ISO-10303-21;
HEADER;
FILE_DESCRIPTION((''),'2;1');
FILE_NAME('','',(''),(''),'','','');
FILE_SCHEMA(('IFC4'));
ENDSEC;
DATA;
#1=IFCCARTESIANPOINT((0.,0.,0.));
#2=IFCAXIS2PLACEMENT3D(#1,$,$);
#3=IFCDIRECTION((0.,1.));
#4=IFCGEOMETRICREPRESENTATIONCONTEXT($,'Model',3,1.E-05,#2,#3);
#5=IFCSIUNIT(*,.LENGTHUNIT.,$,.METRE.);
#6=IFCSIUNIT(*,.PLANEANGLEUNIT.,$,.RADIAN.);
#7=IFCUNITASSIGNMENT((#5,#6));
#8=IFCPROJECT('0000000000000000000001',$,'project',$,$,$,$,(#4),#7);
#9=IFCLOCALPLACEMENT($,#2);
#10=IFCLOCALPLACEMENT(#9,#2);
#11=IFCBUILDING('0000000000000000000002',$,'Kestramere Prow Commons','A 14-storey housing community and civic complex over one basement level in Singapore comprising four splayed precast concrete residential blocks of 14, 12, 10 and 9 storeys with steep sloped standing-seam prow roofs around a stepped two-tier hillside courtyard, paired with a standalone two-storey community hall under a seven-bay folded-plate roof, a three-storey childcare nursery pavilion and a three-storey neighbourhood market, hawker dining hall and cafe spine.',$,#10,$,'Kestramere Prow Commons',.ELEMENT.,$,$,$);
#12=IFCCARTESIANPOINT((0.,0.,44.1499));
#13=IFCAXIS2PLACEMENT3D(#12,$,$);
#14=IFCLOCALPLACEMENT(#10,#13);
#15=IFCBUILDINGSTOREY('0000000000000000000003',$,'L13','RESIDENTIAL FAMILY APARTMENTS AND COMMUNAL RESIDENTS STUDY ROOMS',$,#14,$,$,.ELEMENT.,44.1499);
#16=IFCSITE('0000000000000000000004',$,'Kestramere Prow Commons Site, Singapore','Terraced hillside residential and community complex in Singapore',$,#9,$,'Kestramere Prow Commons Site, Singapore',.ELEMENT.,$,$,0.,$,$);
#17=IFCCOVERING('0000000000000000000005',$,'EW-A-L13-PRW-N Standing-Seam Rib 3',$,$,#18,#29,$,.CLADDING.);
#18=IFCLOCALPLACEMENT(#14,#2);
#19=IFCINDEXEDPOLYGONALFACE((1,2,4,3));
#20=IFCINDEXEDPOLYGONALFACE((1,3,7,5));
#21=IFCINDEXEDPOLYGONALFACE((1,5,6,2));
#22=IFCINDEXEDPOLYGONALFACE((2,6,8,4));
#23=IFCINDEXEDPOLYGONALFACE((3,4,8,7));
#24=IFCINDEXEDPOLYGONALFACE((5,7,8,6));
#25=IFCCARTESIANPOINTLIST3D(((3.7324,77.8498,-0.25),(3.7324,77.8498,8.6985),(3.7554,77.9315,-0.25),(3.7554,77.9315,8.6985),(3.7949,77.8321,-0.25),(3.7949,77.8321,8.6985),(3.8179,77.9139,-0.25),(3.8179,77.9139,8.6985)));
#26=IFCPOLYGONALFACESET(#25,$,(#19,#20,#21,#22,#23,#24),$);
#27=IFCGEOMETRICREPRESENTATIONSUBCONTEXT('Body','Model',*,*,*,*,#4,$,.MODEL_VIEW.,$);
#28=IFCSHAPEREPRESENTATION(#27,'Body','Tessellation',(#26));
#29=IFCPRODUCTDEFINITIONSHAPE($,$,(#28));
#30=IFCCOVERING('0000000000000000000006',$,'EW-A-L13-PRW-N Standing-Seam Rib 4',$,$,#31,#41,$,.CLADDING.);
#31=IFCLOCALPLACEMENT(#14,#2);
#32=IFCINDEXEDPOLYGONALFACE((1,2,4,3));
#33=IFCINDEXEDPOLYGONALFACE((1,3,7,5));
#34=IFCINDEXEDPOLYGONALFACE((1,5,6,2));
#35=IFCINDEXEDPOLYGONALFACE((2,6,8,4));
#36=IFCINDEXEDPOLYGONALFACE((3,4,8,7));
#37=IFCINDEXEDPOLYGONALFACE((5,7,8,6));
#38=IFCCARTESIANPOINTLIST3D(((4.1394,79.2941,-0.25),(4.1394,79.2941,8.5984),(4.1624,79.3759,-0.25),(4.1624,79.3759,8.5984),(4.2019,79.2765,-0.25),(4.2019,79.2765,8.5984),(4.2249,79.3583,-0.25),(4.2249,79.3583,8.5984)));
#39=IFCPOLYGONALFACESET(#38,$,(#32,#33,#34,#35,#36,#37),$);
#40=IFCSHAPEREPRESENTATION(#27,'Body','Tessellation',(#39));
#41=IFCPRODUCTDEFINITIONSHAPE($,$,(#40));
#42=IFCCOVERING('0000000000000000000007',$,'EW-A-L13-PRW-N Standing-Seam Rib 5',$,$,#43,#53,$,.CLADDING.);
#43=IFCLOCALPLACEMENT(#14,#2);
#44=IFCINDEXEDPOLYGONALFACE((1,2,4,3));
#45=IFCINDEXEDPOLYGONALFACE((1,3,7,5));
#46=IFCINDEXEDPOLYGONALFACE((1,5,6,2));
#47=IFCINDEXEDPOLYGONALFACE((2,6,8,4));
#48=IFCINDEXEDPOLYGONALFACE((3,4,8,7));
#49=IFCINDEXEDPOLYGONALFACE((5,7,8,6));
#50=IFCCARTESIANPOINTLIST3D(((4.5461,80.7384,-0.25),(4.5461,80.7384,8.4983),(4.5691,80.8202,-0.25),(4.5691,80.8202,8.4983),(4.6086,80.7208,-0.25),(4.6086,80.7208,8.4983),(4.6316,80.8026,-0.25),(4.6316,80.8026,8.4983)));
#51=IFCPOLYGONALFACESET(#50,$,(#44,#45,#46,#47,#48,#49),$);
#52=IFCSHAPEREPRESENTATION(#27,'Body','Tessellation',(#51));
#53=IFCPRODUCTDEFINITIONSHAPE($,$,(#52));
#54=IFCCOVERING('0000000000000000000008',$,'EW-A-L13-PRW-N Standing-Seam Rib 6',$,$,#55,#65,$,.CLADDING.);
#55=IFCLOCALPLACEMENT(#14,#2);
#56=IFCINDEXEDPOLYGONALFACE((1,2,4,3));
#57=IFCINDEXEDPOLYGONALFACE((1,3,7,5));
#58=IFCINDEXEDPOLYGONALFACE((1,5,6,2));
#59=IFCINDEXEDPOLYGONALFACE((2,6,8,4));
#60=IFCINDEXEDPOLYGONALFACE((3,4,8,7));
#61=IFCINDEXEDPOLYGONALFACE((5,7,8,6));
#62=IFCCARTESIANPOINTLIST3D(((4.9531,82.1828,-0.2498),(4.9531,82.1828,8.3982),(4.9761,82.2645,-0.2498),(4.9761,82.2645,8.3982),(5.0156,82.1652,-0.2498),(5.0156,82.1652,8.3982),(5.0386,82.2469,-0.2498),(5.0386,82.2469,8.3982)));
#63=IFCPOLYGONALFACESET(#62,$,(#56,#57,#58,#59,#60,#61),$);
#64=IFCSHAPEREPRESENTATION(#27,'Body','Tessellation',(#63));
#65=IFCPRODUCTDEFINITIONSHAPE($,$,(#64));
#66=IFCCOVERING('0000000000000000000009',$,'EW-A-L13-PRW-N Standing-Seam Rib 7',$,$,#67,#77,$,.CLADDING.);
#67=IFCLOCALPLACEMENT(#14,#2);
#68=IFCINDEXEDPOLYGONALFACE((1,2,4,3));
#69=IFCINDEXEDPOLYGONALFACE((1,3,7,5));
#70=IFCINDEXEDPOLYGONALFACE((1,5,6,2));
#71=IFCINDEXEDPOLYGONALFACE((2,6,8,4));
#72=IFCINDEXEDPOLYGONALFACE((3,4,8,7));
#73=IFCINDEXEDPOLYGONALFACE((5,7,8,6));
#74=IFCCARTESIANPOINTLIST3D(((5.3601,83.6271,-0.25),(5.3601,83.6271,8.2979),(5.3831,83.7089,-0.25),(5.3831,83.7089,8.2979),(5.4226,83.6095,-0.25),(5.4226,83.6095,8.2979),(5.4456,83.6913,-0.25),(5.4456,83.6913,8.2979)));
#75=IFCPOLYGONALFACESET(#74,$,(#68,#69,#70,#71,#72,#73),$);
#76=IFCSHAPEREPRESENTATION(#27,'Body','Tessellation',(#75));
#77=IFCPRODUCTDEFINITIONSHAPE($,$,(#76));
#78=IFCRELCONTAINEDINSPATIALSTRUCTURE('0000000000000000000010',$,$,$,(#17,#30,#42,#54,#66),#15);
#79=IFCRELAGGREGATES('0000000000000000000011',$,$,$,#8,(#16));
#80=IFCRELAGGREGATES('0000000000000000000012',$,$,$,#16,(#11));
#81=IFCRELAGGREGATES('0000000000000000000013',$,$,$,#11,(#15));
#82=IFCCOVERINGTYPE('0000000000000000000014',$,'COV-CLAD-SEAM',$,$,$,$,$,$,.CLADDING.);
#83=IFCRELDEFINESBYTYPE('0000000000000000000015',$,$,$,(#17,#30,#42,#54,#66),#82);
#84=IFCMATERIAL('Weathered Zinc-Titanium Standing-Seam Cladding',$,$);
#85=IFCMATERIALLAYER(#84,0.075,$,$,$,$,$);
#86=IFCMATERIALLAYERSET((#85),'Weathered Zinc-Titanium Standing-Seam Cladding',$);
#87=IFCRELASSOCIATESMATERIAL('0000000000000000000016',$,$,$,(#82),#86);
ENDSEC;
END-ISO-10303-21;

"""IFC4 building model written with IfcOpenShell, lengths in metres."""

from ifc_helpers import new_model, si_unit, direction, frame, origin, origin_2d, place, context, subcontext, project, spatial, rectangle, extrude, material, layer, layer_set, type_object, element, save


model = new_model("IFC4")

# Units and contexts
model_context = context("Model", 3, precision=1e-05, world=origin(), true_north=direction((0.0, 1.0)))
body_context = subcontext(model_context, "Body", "Model", "MODEL_VIEW")
ifc_project = project(units=[si_unit("LENGTHUNIT", "METRE"), si_unit("PLANEANGLEUNIT", "RADIAN")], contexts=[model_context])

# Site, building, storey
site_placement = place(None, origin())
site = spatial("IfcSite", under=ifc_project, at=site_placement, Name="Kestramere Prow Commons Site, Singapore", Description="Terraced hillside residential and community complex in Singapore", LongName="Kestramere Prow Commons Site, Singapore", CompositionType="ELEMENT", RefElevation=0.0)
building_placement = place(site_placement, origin())
building = spatial("IfcBuilding", under=site, at=building_placement, Name="Kestramere Prow Commons", Description="A 14-storey housing community and civic complex over one basement level in Singapore comprising four splayed precast concrete residential blocks of 14, 12, 10 and 9 storeys with steep sloped standing-seam prow roofs around a stepped two-tier hillside courtyard, paired with a standalone two-storey community hall under a seven-bay folded-plate roof, a three-storey childcare nursery pavilion and a three-storey neighbourhood market, hawker dining hall and cafe spine.", LongName="Kestramere Prow Commons", CompositionType="ELEMENT")
storey_placement = place(building_placement, frame((0.0, 0.0, 44.1499)))
storey = spatial("IfcBuildingStorey", under=building, at=storey_placement, Name="L13", Description="RESIDENTIAL FAMILY APARTMENTS AND COMMUNAL RESIDENTS STUDY ROOMS", CompositionType="ELEMENT", Elevation=44.1499)

# Coverings
ifc_material_1 = material(Name="Weathered Zinc-Titanium Standing-Seam Cladding")
ifc_layer_1 = layer(ifc_material_1, 0.075)
ifc_layer_set_1 = layer_set([ifc_layer_1], Name="Weathered Zinc-Titanium Standing-Seam Cladding")
covering_type = type_object("IfcCoveringType", Name="COV-CLAD-SEAM", PredefinedType="CLADDING", material=ifc_layer_set_1)
covering_1_placement = place(storey_placement, frame((3.7751, 77.8818, -0.25), z_axis=(0.0, 0.0, 1.0), x_axis=(0.27116, 0.962534, 0.0)))
element("IfcCovering", 1, at=covering_1_placement, inside=storey, type_object=covering_type, Name="EW-A-L13-PRW-N Standing-Seam Rib 3", PredefinedType="CLADDING", context=body_context, shape_type="SweptSolid", body=[
    extrude(rectangle(XDim=0.085, YDim=0.0649, at=origin_2d()), origin(), (0.0, 0.0, 1.0), 8.9485),
])
covering_2_placement = place(storey_placement, frame((4.1821, 79.3262, -0.25), z_axis=(0.0, 0.0, 1.0), x_axis=(0.27116, 0.962534, 0.0)))
element("IfcCovering", 2, at=covering_2_placement, inside=storey, type_object=covering_type, Name="EW-A-L13-PRW-N Standing-Seam Rib 4", PredefinedType="CLADDING", context=body_context, shape_type="SweptSolid", body=[
    extrude(rectangle(XDim=0.085, YDim=0.0649, at=origin_2d()), origin(), (0.0, 0.0, 1.0), 8.8484),
])
covering_3_placement = place(storey_placement, frame((4.5889, 80.7705, -0.25), z_axis=(0.0, 0.0, 1.0), x_axis=(0.27116, 0.962534, 0.0)))
element("IfcCovering", 3, at=covering_3_placement, inside=storey, type_object=covering_type, Name="EW-A-L13-PRW-N Standing-Seam Rib 5", PredefinedType="CLADDING", context=body_context, shape_type="SweptSolid", body=[
    extrude(rectangle(XDim=0.085, YDim=0.0649, at=origin_2d()), origin(), (0.0, 0.0, 1.0), 8.7483),
])
covering_4_placement = place(storey_placement, frame((4.9958, 82.2148, -0.2498), z_axis=(0.0, 0.0, 1.0), x_axis=(0.27116, 0.962534, 0.0)))
element("IfcCovering", 4, at=covering_4_placement, inside=storey, type_object=covering_type, Name="EW-A-L13-PRW-N Standing-Seam Rib 6", PredefinedType="CLADDING", context=body_context, shape_type="SweptSolid", body=[
    extrude(rectangle(XDim=0.085, YDim=0.0649, at=origin_2d()), origin(), (0.0, 0.0, 1.0), 8.6479),
])
covering_5_placement = place(storey_placement, frame((5.4028, 83.6592, -0.25), z_axis=(0.0, 0.0, 1.0), x_axis=(0.27116, 0.962534, 0.0)))
element("IfcCovering", 5, at=covering_5_placement, inside=storey, type_object=covering_type, Name="EW-A-L13-PRW-N Standing-Seam Rib 7", PredefinedType="CLADDING", context=body_context, shape_type="SweptSolid", body=[
    extrude(rectangle(XDim=0.085, YDim=0.0649, at=origin_2d()), origin(), (0.0, 0.0, 1.0), 8.5479),
])

save(model, "model.ifc")
